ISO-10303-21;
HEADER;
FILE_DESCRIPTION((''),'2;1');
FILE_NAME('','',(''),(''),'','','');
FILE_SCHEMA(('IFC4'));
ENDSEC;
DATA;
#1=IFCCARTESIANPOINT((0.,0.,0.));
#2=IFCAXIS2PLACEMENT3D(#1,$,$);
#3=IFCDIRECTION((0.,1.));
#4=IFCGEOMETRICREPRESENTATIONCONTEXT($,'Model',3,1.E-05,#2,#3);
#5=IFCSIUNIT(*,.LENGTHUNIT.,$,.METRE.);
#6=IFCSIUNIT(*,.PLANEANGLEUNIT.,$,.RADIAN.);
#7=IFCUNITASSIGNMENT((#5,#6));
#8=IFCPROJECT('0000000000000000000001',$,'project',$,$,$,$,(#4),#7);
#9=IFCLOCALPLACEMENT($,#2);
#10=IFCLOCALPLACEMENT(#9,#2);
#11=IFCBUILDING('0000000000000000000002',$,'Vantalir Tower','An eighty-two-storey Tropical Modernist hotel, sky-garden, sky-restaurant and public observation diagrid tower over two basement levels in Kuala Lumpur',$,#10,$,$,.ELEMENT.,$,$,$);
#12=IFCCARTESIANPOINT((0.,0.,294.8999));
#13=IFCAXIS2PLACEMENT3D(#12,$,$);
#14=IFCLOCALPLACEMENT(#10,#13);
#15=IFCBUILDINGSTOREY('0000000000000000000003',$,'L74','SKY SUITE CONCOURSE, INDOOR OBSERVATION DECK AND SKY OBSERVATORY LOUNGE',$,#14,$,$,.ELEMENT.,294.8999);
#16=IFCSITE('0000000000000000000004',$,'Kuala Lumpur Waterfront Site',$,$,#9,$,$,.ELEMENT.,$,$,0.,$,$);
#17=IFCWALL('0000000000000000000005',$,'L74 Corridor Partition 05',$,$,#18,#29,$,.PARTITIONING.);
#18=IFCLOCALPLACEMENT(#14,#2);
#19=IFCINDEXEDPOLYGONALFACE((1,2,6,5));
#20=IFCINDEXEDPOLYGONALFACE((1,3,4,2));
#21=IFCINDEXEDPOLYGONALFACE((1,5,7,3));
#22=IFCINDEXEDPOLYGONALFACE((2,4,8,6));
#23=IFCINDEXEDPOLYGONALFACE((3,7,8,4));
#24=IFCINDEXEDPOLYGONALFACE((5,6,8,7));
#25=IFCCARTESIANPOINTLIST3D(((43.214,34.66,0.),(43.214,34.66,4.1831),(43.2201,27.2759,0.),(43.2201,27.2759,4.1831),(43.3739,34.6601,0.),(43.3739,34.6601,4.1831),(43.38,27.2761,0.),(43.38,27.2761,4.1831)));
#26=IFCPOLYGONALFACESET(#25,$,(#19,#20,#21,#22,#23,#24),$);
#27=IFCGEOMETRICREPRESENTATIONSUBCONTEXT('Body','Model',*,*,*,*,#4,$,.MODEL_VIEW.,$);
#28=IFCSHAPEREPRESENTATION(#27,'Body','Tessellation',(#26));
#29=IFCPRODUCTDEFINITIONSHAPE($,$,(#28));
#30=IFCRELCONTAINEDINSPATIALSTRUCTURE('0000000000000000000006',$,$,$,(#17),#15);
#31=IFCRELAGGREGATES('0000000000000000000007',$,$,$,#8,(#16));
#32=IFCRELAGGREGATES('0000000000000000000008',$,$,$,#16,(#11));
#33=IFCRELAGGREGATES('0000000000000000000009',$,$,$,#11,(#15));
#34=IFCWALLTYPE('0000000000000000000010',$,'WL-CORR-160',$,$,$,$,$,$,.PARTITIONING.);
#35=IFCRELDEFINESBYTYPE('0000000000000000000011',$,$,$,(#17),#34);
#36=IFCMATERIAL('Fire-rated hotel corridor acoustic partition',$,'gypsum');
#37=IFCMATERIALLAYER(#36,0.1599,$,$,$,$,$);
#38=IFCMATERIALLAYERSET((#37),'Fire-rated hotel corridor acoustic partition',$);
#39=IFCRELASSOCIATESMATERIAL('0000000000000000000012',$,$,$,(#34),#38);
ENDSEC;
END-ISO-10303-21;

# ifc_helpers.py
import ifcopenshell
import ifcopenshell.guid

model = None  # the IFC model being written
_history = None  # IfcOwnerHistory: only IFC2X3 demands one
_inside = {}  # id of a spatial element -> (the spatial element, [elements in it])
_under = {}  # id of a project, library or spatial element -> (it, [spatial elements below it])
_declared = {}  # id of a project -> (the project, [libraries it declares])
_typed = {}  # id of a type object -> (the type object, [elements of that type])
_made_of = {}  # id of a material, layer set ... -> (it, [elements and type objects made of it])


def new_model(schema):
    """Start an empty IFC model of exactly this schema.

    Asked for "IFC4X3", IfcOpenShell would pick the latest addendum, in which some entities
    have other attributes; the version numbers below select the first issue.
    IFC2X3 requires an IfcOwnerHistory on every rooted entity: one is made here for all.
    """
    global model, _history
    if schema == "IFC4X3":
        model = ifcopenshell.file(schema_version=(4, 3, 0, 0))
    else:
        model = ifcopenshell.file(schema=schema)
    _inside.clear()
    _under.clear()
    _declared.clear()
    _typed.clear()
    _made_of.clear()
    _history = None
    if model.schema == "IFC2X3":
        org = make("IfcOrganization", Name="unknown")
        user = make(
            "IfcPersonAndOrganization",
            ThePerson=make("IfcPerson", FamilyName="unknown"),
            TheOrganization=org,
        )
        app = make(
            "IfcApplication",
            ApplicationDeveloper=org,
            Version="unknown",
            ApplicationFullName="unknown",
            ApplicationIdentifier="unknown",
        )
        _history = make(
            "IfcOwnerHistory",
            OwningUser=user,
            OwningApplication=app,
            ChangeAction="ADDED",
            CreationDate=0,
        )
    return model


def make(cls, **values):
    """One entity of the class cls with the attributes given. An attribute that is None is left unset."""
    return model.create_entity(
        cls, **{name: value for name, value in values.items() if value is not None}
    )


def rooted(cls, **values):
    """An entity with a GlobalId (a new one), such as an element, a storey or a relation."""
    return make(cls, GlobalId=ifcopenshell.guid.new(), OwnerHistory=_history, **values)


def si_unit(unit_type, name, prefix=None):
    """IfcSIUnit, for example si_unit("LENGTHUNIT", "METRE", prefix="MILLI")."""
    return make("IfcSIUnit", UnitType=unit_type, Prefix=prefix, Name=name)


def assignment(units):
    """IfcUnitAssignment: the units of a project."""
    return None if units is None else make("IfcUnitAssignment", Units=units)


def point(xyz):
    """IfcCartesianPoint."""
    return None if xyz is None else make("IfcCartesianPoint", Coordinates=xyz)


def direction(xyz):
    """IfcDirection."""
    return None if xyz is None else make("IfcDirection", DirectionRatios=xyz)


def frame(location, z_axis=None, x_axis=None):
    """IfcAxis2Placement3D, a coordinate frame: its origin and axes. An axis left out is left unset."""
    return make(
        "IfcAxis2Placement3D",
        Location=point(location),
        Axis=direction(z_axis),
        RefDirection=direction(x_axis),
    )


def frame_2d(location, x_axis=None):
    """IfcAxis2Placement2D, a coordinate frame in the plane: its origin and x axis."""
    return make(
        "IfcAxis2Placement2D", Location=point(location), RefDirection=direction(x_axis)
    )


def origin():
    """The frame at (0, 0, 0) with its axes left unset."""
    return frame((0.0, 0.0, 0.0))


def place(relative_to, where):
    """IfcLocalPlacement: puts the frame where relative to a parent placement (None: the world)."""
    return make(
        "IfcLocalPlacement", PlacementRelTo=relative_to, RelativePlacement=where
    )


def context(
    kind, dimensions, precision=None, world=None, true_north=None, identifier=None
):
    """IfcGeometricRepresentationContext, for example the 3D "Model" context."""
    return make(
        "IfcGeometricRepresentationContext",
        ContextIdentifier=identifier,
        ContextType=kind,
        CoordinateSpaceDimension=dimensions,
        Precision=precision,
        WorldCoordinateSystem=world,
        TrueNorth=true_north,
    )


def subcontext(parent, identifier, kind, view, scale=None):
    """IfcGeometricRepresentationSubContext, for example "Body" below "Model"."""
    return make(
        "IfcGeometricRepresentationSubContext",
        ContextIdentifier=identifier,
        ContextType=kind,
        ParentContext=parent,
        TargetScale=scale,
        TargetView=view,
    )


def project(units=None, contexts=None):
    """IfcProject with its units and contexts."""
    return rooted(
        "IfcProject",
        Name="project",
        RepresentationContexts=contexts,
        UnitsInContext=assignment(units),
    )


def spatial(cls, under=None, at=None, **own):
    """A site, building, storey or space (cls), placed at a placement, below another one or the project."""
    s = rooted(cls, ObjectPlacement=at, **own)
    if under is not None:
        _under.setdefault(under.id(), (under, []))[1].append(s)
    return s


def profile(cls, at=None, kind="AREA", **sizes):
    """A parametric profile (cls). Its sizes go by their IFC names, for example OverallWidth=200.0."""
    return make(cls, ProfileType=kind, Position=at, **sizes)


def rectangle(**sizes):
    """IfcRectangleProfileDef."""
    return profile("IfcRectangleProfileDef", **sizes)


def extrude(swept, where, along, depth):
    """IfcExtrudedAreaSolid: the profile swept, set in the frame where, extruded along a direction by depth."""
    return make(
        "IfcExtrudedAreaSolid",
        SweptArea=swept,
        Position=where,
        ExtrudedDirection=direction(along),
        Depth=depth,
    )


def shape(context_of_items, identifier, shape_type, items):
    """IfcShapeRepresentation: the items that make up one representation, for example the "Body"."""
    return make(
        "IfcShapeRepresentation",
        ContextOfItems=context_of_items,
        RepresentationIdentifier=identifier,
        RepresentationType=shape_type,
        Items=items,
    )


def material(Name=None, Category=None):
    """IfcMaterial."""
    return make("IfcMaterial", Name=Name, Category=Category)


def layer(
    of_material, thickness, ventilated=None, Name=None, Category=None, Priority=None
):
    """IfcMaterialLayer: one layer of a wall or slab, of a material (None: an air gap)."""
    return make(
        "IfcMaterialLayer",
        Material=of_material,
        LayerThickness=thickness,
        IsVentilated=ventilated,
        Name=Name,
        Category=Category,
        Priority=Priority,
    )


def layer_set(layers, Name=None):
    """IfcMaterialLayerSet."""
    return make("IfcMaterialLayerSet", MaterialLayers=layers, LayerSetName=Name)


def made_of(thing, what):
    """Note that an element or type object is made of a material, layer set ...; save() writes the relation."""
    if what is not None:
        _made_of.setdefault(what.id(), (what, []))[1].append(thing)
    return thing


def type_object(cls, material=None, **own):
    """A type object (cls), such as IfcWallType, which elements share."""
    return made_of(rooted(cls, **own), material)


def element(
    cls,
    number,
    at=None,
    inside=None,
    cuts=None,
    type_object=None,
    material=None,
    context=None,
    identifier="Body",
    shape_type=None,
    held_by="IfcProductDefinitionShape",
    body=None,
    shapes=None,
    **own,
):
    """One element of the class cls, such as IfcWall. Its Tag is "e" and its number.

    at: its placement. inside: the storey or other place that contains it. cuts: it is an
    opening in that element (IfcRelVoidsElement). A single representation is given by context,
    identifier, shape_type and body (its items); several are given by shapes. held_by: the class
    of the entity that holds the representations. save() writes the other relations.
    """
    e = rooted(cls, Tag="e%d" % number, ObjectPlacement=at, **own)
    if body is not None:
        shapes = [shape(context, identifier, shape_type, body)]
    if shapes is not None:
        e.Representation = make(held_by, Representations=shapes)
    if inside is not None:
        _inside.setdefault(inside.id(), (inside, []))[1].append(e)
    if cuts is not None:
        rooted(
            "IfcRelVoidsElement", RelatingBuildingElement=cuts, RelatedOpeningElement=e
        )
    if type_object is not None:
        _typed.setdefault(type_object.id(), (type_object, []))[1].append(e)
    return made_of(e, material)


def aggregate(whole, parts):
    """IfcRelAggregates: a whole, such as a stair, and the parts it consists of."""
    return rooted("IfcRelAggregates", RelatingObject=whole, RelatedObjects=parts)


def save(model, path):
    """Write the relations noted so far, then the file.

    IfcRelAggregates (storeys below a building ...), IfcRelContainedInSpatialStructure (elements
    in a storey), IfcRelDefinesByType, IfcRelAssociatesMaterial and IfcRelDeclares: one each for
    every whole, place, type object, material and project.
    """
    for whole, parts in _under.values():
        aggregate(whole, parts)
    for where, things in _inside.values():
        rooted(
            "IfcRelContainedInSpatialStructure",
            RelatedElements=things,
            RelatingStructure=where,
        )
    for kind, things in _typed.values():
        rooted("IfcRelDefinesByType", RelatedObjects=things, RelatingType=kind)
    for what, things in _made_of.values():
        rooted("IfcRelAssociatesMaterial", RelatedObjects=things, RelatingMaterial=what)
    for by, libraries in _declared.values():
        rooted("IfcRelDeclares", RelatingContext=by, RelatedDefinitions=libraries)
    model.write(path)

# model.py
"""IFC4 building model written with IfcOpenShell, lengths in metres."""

from ifc_helpers import new_model, si_unit, direction, frame, frame_2d, origin, place, context, subcontext, project, spatial, rectangle, extrude, material, layer, layer_set, type_object, element, save


model = new_model("IFC4")

# Units and contexts
model_context = context("Model", 3, precision=1e-05, world=origin(), true_north=direction((0.0, 1.0)))
body_context = subcontext(model_context, "Body", "Model", "MODEL_VIEW")
ifc_project = project(units=[si_unit("LENGTHUNIT", "METRE"), si_unit("PLANEANGLEUNIT", "RADIAN")], contexts=[model_context])

# Site, building, storey
site_placement = place(None, origin())
site = spatial("IfcSite", under=ifc_project, at=site_placement, Name="Kuala Lumpur Waterfront Site", CompositionType="ELEMENT", RefElevation=0.0)
building_placement = place(site_placement, origin())
building = spatial("IfcBuilding", under=site, at=building_placement, Name="Vantalir Tower", Description="An eighty-two-storey Tropical Modernist hotel, sky-garden, sky-restaurant and public observation diagrid tower over two basement levels in Kuala Lumpur", CompositionType="ELEMENT")
storey_placement = place(building_placement, frame((0.0, 0.0, 294.8999)))
storey = spatial("IfcBuildingStorey", under=building, at=storey_placement, Name="L74", Description="SKY SUITE CONCOURSE, INDOOR OBSERVATION DECK AND SKY OBSERVATORY LOUNGE", CompositionType="ELEMENT", Elevation=294.8999)

# Wall
ifc_material_1 = material(Name="Fire-rated hotel corridor acoustic partition", Category="gypsum")
ifc_layer_1 = layer(ifc_material_1, 0.1599)
ifc_layer_set_1 = layer_set([ifc_layer_1], Name="Fire-rated hotel corridor acoustic partition")
wall_type = type_object("IfcWallType", Name="WL-CORR-160", PredefinedType="PARTITIONING", material=ifc_layer_set_1)
wall_placement = place(storey_placement, frame((43.2939, 34.6599, 0.0), z_axis=(0.0, 0.0, 1.0), x_axis=(0.000827, -1.0, 0.0)))
element("IfcWall", 1, at=wall_placement, inside=storey, type_object=wall_type, Name="L74 Corridor Partition 05", PredefinedType="PARTITIONING", context=body_context, shape_type="SweptSolid", body=[
    extrude(rectangle(XDim=7.384, YDim=0.1599, at=frame_2d((3.6919, 0.0))), origin(), (0.0, 0.0, 1.0), 4.1831),
])

save(model, "model.ifc")
